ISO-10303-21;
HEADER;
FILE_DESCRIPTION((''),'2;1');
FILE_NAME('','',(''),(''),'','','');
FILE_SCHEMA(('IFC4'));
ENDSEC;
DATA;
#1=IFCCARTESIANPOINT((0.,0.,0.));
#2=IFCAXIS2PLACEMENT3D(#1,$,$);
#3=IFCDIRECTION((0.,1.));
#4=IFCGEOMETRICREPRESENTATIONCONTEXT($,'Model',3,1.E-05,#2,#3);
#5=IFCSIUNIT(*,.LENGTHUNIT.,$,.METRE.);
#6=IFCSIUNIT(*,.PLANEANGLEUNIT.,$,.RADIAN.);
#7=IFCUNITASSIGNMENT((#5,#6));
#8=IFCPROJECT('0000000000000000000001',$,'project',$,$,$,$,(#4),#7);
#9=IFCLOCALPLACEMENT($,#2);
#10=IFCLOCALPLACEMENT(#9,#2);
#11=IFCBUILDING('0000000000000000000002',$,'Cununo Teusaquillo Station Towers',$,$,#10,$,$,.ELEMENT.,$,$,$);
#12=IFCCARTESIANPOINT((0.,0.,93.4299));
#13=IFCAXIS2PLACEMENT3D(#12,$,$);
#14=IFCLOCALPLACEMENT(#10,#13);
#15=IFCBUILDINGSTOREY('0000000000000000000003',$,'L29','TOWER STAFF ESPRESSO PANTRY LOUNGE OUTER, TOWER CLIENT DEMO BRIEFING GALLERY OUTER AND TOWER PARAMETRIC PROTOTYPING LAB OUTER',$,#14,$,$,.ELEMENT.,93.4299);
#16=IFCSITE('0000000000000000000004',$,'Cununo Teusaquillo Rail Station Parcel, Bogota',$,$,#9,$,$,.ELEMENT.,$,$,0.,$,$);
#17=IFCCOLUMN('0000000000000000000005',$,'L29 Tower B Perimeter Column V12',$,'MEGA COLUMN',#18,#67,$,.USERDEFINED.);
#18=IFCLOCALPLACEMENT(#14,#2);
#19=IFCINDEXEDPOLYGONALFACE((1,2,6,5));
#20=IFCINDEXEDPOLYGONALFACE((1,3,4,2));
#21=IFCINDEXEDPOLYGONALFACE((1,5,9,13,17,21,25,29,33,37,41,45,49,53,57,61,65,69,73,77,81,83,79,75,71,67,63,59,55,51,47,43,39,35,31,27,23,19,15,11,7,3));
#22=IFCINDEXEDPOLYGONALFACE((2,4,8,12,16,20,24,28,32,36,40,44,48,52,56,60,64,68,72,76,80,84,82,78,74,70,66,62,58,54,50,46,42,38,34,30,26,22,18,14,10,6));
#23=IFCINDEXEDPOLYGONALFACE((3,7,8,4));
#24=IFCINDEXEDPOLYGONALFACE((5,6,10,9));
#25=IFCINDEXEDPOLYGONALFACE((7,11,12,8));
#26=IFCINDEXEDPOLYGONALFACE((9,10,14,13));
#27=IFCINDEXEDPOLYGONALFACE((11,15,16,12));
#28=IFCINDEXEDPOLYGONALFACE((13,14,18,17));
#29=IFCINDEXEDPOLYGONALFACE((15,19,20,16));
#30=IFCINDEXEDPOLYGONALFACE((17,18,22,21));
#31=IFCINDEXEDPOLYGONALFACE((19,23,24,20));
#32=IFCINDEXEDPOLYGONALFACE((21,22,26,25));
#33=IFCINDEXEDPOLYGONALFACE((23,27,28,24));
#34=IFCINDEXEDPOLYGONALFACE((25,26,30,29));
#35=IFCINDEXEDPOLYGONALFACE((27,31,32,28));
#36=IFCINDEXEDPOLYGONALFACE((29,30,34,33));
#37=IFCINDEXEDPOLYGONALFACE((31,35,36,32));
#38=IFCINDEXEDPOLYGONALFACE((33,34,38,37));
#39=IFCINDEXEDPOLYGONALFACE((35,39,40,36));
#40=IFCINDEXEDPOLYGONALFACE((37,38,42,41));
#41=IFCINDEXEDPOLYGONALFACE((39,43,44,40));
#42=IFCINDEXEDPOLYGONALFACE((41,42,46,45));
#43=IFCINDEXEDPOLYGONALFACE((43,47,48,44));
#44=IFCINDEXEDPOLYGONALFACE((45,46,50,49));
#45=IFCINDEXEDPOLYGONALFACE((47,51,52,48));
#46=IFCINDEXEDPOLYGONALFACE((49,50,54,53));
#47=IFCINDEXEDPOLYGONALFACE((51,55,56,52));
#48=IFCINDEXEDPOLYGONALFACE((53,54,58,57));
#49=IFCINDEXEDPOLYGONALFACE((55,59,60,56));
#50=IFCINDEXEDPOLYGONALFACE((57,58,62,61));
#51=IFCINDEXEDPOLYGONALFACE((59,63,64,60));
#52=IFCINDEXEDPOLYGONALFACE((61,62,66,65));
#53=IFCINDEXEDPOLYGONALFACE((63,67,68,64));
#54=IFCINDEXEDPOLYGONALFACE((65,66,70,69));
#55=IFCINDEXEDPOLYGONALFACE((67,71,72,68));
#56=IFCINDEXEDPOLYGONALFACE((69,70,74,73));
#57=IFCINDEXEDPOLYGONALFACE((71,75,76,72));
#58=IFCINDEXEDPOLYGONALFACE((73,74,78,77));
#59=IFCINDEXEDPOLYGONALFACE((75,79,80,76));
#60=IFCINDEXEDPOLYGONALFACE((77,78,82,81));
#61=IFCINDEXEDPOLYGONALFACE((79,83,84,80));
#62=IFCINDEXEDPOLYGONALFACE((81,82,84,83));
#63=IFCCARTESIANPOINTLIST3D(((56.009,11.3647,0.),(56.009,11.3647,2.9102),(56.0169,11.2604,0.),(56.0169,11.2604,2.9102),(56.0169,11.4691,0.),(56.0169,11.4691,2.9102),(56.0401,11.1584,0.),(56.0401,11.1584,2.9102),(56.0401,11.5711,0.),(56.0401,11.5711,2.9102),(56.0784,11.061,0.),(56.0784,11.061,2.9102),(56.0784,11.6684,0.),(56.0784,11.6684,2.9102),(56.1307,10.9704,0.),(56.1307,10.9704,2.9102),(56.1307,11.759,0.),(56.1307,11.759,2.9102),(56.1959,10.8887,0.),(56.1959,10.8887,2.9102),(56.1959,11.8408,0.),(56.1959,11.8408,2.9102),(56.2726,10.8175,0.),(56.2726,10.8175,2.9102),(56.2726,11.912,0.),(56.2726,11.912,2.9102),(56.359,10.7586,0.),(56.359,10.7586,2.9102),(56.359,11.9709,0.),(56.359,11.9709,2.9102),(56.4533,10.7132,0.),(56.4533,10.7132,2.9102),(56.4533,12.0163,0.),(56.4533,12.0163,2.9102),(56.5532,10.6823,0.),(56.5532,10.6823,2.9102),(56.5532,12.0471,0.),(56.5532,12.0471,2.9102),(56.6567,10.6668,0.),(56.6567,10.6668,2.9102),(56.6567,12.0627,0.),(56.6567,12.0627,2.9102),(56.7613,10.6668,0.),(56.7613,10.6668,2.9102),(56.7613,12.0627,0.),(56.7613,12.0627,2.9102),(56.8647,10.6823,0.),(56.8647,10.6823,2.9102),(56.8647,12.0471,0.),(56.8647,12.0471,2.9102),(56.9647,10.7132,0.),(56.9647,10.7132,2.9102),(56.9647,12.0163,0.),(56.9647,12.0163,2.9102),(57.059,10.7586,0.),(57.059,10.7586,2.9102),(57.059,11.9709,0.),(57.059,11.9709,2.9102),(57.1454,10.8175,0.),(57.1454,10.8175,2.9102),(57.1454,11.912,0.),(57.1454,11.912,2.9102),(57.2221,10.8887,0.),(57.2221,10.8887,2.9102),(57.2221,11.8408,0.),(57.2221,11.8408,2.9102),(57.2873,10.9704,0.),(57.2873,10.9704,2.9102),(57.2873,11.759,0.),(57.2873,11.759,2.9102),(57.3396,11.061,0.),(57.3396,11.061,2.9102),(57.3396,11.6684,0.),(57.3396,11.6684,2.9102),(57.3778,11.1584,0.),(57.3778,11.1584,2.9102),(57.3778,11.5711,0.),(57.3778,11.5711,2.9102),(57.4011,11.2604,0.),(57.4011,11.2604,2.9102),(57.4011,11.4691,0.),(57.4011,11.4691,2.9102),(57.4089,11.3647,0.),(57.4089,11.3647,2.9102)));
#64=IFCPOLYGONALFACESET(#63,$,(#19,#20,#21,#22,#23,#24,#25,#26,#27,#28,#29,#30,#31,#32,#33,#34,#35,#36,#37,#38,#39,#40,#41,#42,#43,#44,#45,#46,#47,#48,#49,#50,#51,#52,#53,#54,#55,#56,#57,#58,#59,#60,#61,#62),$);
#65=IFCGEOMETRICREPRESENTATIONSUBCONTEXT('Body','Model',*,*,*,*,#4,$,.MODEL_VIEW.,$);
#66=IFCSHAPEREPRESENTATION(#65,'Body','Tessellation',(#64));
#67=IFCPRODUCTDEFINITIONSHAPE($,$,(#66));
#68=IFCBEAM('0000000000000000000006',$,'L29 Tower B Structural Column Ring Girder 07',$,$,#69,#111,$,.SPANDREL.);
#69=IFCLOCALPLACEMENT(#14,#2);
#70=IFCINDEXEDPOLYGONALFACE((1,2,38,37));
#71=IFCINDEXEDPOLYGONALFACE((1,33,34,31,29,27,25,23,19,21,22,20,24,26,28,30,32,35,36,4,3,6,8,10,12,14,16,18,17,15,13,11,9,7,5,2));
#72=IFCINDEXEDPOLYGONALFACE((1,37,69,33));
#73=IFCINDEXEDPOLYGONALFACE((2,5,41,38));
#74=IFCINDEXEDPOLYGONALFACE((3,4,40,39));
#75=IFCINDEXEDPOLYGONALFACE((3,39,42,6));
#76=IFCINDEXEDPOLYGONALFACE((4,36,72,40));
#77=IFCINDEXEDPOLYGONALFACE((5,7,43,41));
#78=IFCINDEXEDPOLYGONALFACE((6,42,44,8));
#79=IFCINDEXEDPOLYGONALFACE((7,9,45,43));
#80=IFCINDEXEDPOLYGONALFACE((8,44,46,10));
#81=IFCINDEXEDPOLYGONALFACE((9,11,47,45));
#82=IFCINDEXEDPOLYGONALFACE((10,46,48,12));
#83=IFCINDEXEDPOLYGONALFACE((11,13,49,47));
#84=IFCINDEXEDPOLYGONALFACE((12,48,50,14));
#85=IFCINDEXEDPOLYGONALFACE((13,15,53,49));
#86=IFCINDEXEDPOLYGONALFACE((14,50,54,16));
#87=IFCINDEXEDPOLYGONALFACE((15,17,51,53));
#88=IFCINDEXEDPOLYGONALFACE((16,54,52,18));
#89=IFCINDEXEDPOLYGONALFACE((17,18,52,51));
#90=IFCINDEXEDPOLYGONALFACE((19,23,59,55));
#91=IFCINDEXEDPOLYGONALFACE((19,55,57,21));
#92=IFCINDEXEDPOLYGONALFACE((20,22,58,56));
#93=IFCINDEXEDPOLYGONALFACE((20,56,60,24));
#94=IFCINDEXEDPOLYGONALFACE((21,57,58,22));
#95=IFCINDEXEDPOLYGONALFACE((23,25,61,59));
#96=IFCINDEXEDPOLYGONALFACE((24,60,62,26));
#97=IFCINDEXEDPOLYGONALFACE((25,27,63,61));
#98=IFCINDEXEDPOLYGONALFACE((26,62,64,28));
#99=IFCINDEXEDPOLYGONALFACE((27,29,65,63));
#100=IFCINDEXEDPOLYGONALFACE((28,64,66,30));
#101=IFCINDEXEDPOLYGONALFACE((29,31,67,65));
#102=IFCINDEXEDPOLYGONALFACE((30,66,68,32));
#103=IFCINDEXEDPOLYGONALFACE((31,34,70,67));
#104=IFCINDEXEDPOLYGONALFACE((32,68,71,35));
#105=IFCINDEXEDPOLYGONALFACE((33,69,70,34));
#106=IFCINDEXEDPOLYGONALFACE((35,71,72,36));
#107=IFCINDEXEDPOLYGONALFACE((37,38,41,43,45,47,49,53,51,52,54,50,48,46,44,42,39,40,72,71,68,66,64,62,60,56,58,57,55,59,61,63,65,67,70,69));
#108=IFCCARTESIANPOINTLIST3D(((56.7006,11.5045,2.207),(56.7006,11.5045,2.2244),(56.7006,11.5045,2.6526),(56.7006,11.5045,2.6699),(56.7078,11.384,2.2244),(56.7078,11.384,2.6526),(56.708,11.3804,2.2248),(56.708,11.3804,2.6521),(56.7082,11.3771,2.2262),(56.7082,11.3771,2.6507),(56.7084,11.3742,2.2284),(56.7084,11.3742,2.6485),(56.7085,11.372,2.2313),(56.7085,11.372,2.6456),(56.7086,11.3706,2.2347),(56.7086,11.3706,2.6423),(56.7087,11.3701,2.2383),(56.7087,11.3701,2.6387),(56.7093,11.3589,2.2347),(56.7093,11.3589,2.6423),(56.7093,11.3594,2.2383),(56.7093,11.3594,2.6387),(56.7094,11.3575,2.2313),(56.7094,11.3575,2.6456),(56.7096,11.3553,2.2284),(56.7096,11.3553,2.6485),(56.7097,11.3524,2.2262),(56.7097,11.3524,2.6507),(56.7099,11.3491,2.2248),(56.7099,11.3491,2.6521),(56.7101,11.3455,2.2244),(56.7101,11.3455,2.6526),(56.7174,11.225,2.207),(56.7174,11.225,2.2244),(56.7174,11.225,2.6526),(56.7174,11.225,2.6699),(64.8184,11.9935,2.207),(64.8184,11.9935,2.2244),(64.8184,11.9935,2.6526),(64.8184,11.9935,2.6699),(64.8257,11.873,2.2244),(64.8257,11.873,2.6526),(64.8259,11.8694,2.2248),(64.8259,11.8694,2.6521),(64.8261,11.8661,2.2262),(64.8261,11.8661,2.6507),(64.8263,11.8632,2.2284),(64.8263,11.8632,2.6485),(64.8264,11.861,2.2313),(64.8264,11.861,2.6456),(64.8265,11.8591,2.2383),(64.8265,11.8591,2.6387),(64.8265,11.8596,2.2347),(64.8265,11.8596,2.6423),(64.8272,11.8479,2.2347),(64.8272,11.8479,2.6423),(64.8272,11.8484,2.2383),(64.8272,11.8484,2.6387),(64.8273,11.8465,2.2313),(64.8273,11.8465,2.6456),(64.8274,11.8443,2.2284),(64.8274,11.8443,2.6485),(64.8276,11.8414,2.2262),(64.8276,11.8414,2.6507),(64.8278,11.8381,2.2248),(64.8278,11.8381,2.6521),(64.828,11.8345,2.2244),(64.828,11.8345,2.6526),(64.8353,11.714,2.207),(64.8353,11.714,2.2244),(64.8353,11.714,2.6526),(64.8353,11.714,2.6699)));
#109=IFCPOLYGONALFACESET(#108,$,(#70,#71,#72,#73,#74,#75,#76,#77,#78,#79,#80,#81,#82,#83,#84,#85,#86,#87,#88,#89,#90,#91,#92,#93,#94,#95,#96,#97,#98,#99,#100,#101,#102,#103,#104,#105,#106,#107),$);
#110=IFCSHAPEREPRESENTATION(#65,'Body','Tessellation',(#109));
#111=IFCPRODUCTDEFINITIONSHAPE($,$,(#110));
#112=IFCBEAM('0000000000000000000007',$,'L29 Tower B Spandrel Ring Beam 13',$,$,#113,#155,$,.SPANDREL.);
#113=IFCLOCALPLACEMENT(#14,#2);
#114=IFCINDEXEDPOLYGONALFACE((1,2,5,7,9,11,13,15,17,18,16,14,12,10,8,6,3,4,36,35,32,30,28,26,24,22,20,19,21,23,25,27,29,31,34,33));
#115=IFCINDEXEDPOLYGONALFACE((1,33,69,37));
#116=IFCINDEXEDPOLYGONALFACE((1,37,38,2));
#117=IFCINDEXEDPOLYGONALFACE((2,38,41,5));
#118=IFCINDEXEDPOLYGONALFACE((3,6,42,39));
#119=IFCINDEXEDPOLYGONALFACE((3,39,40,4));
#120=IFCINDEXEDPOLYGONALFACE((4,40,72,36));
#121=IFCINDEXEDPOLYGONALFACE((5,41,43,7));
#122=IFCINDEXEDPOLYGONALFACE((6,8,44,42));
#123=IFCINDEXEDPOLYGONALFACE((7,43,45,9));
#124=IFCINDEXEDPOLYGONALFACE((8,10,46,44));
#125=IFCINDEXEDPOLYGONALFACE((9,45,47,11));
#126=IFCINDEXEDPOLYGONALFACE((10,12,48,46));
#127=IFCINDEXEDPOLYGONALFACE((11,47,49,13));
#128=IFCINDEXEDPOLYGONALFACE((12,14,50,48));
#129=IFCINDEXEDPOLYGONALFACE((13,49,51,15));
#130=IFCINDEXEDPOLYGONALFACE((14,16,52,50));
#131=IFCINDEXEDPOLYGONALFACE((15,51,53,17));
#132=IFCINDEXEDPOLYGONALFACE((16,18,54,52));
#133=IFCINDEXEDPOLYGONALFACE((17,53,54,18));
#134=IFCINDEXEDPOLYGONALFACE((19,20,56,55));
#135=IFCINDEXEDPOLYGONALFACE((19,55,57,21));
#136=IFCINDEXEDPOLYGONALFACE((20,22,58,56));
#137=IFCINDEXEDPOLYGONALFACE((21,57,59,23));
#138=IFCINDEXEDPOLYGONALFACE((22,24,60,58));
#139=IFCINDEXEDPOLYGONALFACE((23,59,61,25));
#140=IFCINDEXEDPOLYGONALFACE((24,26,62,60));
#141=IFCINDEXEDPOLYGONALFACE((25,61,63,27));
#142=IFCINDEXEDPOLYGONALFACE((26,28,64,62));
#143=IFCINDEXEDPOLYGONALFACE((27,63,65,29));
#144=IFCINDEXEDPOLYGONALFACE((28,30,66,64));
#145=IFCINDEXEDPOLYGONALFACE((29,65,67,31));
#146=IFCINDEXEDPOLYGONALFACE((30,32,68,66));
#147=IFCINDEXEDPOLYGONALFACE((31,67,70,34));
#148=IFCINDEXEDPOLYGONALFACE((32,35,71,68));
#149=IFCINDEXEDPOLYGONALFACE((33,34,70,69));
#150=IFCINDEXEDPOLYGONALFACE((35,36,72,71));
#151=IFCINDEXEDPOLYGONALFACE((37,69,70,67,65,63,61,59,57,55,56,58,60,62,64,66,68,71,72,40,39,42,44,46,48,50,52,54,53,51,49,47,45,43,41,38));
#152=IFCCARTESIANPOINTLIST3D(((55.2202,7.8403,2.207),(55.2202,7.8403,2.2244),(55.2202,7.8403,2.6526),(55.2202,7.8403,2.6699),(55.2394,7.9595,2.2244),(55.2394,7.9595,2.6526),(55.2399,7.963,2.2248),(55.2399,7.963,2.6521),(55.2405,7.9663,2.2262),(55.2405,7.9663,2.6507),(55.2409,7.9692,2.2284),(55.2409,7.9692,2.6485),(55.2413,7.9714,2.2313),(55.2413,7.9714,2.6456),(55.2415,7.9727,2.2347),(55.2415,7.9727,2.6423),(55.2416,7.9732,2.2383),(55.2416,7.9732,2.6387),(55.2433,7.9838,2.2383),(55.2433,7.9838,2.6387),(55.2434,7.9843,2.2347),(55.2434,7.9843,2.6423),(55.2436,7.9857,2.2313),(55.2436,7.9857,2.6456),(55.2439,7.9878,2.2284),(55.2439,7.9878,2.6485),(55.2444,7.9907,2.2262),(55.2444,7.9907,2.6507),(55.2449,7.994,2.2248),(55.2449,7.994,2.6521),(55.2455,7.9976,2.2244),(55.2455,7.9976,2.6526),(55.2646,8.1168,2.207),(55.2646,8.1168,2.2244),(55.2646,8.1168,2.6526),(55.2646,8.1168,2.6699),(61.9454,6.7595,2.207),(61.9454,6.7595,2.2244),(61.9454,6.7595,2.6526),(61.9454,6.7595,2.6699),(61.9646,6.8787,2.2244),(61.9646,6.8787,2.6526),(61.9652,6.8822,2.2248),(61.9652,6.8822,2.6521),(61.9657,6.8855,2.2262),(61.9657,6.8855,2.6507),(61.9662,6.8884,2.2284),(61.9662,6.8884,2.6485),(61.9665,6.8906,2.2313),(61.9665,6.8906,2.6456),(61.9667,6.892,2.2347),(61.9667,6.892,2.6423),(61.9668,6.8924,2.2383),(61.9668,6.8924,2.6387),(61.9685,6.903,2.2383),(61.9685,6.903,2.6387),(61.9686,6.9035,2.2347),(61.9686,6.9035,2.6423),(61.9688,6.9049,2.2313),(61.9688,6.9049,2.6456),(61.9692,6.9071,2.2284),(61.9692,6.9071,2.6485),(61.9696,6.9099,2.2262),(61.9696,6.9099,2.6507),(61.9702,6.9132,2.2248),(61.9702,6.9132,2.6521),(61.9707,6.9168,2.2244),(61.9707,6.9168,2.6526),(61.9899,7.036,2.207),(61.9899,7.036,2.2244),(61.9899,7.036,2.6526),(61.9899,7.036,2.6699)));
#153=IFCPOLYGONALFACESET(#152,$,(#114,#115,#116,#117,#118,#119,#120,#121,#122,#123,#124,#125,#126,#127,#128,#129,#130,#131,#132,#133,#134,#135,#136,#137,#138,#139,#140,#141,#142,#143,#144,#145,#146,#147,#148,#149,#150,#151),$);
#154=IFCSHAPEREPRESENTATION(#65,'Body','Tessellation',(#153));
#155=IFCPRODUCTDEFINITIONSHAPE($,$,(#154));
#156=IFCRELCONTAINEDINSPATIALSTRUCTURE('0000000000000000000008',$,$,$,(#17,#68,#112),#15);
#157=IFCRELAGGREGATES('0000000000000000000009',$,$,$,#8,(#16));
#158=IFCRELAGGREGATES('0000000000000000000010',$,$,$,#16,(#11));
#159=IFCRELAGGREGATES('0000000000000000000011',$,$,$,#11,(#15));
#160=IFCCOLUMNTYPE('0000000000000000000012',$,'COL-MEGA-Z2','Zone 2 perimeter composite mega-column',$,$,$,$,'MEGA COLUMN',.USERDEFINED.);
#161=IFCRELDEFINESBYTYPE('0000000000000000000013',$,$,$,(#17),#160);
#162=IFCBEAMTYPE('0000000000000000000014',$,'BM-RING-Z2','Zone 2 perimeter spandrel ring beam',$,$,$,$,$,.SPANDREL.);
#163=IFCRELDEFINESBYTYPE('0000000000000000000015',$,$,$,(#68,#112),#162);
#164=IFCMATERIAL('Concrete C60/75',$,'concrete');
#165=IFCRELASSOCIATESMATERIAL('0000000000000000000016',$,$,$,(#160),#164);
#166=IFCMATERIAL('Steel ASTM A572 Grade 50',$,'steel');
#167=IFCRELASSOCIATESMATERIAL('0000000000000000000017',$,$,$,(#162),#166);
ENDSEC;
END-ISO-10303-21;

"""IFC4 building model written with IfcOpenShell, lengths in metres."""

from ifc_helpers import new_model, si_unit, direction, frame, origin, origin_2d, place, context, subcontext, project, spatial, circle, i_section, extrude, material, material_profile, profile_set, type_object, element, save


model = new_model("IFC4")

# Units and contexts
model_context = context("Model", 3, precision=1e-05, world=origin(), true_north=direction((0.0, 1.0)))
body_context = subcontext(model_context, "Body", "Model", "MODEL_VIEW")
ifc_project = project(units=[si_unit("LENGTHUNIT", "METRE"), si_unit("PLANEANGLEUNIT", "RADIAN")], contexts=[model_context])

# Site, building, storey
site_placement = place(None, origin())
site = spatial("IfcSite", under=ifc_project, at=site_placement, Name="Cununo Teusaquillo Rail Station Parcel, Bogota", CompositionType="ELEMENT", RefElevation=0.0)
building_placement = place(site_placement, origin())
building = spatial("IfcBuilding", under=site, at=building_placement, Name="Cununo Teusaquillo Station Towers", CompositionType="ELEMENT")
storey_placement = place(building_placement, frame((0.0, 0.0, 93.4299)))
storey = spatial("IfcBuildingStorey", under=building, at=storey_placement, Name="L29", Description="TOWER STAFF ESPRESSO PANTRY LOUNGE OUTER, TOWER CLIENT DEMO BRIEFING GALLERY OUTER AND TOWER PARAMETRIC PROTOTYPING LAB OUTER", CompositionType="ELEMENT", Elevation=93.4299)

# Column
ifc_material_1 = material(Name="Concrete C60/75", Category="concrete")
ifc_material_profile_1 = material_profile(ifc_material_1, circle(Radius=0.7, at=origin_2d()), Name="RC-CIRC-1400")
ifc_profile_set_1 = profile_set([ifc_material_profile_1], Name="Concrete C60/75")
column_type = type_object("IfcColumnType", Name="COL-MEGA-Z2", Description="Zone 2 perimeter composite mega-column", ElementType="MEGA COLUMN", PredefinedType="USERDEFINED", material=ifc_profile_set_1)
column_placement = place(storey_placement, frame((56.709, 11.3647, 0.0), z_axis=(0.0, 0.0, 1.0), x_axis=(1.0, 0.0, 0.0)))
element("IfcColumn", 1, at=column_placement, inside=storey, type_object=column_type, Name="L29 Tower B Perimeter Column V12", ObjectType="MEGA COLUMN", PredefinedType="USERDEFINED", context=body_context, shape_type="SweptSolid", body=[
    extrude(circle(Radius=0.7, at=origin_2d()), origin(), (0.0, 0.0, 1.0), 2.9102),
])

# Beams
ifc_material_2 = material(Name="Steel ASTM A572 Grade 50", Category="steel")
ifc_material_profile_2 = material_profile(ifc_material_2, i_section(OverallWidth=0.28, OverallDepth=0.4629, WebThickness=0.0107, FlangeThickness=0.0173, FilletRadius=0.0139, at=origin_2d()), Name="W18X76")
ifc_profile_set_2 = profile_set([ifc_material_profile_2], Name="Steel ASTM A572 Grade 50")
beam_type = type_object("IfcBeamType", Name="BM-RING-Z2", Description="Zone 2 perimeter spandrel ring beam", PredefinedType="SPANDREL", material=ifc_profile_set_2)
beam_1_placement = place(storey_placement, frame((56.709, 11.3647, 2.4385), z_axis=(0.998191, 0.06013, 0.0), x_axis=(-0.06013, 0.998191, 0.0)))
element("IfcBeam", 2, at=beam_1_placement, inside=storey, type_object=beam_type, Name="L29 Tower B Structural Column Ring Girder 07", PredefinedType="SPANDREL", context=body_context, shape_type="SweptSolid", body=[
    extrude(i_section(OverallWidth=0.28, OverallDepth=0.4629, WebThickness=0.0107, FlangeThickness=0.0173, FilletRadius=0.0139, at=origin_2d()), origin(), (0.0, 0.0, 1.0), 8.1326),
])
beam_2_placement = place(storey_placement, frame((55.2424, 7.9785, 2.4385), z_axis=(0.987331, -0.158671, 0.0), x_axis=(0.158671, 0.987331, 0.0)))
element("IfcBeam", 3, at=beam_2_placement, inside=storey, type_object=beam_type, Name="L29 Tower B Spandrel Ring Beam 13", PredefinedType="SPANDREL", context=body_context, shape_type="SweptSolid", body=[
    extrude(i_section(OverallWidth=0.28, OverallDepth=0.4629, WebThickness=0.0107, FlangeThickness=0.0173, FilletRadius=0.0139, at=origin_2d()), origin(), (0.0, 0.0, 1.0), 6.8115),
])

save(model, "model.ifc")
